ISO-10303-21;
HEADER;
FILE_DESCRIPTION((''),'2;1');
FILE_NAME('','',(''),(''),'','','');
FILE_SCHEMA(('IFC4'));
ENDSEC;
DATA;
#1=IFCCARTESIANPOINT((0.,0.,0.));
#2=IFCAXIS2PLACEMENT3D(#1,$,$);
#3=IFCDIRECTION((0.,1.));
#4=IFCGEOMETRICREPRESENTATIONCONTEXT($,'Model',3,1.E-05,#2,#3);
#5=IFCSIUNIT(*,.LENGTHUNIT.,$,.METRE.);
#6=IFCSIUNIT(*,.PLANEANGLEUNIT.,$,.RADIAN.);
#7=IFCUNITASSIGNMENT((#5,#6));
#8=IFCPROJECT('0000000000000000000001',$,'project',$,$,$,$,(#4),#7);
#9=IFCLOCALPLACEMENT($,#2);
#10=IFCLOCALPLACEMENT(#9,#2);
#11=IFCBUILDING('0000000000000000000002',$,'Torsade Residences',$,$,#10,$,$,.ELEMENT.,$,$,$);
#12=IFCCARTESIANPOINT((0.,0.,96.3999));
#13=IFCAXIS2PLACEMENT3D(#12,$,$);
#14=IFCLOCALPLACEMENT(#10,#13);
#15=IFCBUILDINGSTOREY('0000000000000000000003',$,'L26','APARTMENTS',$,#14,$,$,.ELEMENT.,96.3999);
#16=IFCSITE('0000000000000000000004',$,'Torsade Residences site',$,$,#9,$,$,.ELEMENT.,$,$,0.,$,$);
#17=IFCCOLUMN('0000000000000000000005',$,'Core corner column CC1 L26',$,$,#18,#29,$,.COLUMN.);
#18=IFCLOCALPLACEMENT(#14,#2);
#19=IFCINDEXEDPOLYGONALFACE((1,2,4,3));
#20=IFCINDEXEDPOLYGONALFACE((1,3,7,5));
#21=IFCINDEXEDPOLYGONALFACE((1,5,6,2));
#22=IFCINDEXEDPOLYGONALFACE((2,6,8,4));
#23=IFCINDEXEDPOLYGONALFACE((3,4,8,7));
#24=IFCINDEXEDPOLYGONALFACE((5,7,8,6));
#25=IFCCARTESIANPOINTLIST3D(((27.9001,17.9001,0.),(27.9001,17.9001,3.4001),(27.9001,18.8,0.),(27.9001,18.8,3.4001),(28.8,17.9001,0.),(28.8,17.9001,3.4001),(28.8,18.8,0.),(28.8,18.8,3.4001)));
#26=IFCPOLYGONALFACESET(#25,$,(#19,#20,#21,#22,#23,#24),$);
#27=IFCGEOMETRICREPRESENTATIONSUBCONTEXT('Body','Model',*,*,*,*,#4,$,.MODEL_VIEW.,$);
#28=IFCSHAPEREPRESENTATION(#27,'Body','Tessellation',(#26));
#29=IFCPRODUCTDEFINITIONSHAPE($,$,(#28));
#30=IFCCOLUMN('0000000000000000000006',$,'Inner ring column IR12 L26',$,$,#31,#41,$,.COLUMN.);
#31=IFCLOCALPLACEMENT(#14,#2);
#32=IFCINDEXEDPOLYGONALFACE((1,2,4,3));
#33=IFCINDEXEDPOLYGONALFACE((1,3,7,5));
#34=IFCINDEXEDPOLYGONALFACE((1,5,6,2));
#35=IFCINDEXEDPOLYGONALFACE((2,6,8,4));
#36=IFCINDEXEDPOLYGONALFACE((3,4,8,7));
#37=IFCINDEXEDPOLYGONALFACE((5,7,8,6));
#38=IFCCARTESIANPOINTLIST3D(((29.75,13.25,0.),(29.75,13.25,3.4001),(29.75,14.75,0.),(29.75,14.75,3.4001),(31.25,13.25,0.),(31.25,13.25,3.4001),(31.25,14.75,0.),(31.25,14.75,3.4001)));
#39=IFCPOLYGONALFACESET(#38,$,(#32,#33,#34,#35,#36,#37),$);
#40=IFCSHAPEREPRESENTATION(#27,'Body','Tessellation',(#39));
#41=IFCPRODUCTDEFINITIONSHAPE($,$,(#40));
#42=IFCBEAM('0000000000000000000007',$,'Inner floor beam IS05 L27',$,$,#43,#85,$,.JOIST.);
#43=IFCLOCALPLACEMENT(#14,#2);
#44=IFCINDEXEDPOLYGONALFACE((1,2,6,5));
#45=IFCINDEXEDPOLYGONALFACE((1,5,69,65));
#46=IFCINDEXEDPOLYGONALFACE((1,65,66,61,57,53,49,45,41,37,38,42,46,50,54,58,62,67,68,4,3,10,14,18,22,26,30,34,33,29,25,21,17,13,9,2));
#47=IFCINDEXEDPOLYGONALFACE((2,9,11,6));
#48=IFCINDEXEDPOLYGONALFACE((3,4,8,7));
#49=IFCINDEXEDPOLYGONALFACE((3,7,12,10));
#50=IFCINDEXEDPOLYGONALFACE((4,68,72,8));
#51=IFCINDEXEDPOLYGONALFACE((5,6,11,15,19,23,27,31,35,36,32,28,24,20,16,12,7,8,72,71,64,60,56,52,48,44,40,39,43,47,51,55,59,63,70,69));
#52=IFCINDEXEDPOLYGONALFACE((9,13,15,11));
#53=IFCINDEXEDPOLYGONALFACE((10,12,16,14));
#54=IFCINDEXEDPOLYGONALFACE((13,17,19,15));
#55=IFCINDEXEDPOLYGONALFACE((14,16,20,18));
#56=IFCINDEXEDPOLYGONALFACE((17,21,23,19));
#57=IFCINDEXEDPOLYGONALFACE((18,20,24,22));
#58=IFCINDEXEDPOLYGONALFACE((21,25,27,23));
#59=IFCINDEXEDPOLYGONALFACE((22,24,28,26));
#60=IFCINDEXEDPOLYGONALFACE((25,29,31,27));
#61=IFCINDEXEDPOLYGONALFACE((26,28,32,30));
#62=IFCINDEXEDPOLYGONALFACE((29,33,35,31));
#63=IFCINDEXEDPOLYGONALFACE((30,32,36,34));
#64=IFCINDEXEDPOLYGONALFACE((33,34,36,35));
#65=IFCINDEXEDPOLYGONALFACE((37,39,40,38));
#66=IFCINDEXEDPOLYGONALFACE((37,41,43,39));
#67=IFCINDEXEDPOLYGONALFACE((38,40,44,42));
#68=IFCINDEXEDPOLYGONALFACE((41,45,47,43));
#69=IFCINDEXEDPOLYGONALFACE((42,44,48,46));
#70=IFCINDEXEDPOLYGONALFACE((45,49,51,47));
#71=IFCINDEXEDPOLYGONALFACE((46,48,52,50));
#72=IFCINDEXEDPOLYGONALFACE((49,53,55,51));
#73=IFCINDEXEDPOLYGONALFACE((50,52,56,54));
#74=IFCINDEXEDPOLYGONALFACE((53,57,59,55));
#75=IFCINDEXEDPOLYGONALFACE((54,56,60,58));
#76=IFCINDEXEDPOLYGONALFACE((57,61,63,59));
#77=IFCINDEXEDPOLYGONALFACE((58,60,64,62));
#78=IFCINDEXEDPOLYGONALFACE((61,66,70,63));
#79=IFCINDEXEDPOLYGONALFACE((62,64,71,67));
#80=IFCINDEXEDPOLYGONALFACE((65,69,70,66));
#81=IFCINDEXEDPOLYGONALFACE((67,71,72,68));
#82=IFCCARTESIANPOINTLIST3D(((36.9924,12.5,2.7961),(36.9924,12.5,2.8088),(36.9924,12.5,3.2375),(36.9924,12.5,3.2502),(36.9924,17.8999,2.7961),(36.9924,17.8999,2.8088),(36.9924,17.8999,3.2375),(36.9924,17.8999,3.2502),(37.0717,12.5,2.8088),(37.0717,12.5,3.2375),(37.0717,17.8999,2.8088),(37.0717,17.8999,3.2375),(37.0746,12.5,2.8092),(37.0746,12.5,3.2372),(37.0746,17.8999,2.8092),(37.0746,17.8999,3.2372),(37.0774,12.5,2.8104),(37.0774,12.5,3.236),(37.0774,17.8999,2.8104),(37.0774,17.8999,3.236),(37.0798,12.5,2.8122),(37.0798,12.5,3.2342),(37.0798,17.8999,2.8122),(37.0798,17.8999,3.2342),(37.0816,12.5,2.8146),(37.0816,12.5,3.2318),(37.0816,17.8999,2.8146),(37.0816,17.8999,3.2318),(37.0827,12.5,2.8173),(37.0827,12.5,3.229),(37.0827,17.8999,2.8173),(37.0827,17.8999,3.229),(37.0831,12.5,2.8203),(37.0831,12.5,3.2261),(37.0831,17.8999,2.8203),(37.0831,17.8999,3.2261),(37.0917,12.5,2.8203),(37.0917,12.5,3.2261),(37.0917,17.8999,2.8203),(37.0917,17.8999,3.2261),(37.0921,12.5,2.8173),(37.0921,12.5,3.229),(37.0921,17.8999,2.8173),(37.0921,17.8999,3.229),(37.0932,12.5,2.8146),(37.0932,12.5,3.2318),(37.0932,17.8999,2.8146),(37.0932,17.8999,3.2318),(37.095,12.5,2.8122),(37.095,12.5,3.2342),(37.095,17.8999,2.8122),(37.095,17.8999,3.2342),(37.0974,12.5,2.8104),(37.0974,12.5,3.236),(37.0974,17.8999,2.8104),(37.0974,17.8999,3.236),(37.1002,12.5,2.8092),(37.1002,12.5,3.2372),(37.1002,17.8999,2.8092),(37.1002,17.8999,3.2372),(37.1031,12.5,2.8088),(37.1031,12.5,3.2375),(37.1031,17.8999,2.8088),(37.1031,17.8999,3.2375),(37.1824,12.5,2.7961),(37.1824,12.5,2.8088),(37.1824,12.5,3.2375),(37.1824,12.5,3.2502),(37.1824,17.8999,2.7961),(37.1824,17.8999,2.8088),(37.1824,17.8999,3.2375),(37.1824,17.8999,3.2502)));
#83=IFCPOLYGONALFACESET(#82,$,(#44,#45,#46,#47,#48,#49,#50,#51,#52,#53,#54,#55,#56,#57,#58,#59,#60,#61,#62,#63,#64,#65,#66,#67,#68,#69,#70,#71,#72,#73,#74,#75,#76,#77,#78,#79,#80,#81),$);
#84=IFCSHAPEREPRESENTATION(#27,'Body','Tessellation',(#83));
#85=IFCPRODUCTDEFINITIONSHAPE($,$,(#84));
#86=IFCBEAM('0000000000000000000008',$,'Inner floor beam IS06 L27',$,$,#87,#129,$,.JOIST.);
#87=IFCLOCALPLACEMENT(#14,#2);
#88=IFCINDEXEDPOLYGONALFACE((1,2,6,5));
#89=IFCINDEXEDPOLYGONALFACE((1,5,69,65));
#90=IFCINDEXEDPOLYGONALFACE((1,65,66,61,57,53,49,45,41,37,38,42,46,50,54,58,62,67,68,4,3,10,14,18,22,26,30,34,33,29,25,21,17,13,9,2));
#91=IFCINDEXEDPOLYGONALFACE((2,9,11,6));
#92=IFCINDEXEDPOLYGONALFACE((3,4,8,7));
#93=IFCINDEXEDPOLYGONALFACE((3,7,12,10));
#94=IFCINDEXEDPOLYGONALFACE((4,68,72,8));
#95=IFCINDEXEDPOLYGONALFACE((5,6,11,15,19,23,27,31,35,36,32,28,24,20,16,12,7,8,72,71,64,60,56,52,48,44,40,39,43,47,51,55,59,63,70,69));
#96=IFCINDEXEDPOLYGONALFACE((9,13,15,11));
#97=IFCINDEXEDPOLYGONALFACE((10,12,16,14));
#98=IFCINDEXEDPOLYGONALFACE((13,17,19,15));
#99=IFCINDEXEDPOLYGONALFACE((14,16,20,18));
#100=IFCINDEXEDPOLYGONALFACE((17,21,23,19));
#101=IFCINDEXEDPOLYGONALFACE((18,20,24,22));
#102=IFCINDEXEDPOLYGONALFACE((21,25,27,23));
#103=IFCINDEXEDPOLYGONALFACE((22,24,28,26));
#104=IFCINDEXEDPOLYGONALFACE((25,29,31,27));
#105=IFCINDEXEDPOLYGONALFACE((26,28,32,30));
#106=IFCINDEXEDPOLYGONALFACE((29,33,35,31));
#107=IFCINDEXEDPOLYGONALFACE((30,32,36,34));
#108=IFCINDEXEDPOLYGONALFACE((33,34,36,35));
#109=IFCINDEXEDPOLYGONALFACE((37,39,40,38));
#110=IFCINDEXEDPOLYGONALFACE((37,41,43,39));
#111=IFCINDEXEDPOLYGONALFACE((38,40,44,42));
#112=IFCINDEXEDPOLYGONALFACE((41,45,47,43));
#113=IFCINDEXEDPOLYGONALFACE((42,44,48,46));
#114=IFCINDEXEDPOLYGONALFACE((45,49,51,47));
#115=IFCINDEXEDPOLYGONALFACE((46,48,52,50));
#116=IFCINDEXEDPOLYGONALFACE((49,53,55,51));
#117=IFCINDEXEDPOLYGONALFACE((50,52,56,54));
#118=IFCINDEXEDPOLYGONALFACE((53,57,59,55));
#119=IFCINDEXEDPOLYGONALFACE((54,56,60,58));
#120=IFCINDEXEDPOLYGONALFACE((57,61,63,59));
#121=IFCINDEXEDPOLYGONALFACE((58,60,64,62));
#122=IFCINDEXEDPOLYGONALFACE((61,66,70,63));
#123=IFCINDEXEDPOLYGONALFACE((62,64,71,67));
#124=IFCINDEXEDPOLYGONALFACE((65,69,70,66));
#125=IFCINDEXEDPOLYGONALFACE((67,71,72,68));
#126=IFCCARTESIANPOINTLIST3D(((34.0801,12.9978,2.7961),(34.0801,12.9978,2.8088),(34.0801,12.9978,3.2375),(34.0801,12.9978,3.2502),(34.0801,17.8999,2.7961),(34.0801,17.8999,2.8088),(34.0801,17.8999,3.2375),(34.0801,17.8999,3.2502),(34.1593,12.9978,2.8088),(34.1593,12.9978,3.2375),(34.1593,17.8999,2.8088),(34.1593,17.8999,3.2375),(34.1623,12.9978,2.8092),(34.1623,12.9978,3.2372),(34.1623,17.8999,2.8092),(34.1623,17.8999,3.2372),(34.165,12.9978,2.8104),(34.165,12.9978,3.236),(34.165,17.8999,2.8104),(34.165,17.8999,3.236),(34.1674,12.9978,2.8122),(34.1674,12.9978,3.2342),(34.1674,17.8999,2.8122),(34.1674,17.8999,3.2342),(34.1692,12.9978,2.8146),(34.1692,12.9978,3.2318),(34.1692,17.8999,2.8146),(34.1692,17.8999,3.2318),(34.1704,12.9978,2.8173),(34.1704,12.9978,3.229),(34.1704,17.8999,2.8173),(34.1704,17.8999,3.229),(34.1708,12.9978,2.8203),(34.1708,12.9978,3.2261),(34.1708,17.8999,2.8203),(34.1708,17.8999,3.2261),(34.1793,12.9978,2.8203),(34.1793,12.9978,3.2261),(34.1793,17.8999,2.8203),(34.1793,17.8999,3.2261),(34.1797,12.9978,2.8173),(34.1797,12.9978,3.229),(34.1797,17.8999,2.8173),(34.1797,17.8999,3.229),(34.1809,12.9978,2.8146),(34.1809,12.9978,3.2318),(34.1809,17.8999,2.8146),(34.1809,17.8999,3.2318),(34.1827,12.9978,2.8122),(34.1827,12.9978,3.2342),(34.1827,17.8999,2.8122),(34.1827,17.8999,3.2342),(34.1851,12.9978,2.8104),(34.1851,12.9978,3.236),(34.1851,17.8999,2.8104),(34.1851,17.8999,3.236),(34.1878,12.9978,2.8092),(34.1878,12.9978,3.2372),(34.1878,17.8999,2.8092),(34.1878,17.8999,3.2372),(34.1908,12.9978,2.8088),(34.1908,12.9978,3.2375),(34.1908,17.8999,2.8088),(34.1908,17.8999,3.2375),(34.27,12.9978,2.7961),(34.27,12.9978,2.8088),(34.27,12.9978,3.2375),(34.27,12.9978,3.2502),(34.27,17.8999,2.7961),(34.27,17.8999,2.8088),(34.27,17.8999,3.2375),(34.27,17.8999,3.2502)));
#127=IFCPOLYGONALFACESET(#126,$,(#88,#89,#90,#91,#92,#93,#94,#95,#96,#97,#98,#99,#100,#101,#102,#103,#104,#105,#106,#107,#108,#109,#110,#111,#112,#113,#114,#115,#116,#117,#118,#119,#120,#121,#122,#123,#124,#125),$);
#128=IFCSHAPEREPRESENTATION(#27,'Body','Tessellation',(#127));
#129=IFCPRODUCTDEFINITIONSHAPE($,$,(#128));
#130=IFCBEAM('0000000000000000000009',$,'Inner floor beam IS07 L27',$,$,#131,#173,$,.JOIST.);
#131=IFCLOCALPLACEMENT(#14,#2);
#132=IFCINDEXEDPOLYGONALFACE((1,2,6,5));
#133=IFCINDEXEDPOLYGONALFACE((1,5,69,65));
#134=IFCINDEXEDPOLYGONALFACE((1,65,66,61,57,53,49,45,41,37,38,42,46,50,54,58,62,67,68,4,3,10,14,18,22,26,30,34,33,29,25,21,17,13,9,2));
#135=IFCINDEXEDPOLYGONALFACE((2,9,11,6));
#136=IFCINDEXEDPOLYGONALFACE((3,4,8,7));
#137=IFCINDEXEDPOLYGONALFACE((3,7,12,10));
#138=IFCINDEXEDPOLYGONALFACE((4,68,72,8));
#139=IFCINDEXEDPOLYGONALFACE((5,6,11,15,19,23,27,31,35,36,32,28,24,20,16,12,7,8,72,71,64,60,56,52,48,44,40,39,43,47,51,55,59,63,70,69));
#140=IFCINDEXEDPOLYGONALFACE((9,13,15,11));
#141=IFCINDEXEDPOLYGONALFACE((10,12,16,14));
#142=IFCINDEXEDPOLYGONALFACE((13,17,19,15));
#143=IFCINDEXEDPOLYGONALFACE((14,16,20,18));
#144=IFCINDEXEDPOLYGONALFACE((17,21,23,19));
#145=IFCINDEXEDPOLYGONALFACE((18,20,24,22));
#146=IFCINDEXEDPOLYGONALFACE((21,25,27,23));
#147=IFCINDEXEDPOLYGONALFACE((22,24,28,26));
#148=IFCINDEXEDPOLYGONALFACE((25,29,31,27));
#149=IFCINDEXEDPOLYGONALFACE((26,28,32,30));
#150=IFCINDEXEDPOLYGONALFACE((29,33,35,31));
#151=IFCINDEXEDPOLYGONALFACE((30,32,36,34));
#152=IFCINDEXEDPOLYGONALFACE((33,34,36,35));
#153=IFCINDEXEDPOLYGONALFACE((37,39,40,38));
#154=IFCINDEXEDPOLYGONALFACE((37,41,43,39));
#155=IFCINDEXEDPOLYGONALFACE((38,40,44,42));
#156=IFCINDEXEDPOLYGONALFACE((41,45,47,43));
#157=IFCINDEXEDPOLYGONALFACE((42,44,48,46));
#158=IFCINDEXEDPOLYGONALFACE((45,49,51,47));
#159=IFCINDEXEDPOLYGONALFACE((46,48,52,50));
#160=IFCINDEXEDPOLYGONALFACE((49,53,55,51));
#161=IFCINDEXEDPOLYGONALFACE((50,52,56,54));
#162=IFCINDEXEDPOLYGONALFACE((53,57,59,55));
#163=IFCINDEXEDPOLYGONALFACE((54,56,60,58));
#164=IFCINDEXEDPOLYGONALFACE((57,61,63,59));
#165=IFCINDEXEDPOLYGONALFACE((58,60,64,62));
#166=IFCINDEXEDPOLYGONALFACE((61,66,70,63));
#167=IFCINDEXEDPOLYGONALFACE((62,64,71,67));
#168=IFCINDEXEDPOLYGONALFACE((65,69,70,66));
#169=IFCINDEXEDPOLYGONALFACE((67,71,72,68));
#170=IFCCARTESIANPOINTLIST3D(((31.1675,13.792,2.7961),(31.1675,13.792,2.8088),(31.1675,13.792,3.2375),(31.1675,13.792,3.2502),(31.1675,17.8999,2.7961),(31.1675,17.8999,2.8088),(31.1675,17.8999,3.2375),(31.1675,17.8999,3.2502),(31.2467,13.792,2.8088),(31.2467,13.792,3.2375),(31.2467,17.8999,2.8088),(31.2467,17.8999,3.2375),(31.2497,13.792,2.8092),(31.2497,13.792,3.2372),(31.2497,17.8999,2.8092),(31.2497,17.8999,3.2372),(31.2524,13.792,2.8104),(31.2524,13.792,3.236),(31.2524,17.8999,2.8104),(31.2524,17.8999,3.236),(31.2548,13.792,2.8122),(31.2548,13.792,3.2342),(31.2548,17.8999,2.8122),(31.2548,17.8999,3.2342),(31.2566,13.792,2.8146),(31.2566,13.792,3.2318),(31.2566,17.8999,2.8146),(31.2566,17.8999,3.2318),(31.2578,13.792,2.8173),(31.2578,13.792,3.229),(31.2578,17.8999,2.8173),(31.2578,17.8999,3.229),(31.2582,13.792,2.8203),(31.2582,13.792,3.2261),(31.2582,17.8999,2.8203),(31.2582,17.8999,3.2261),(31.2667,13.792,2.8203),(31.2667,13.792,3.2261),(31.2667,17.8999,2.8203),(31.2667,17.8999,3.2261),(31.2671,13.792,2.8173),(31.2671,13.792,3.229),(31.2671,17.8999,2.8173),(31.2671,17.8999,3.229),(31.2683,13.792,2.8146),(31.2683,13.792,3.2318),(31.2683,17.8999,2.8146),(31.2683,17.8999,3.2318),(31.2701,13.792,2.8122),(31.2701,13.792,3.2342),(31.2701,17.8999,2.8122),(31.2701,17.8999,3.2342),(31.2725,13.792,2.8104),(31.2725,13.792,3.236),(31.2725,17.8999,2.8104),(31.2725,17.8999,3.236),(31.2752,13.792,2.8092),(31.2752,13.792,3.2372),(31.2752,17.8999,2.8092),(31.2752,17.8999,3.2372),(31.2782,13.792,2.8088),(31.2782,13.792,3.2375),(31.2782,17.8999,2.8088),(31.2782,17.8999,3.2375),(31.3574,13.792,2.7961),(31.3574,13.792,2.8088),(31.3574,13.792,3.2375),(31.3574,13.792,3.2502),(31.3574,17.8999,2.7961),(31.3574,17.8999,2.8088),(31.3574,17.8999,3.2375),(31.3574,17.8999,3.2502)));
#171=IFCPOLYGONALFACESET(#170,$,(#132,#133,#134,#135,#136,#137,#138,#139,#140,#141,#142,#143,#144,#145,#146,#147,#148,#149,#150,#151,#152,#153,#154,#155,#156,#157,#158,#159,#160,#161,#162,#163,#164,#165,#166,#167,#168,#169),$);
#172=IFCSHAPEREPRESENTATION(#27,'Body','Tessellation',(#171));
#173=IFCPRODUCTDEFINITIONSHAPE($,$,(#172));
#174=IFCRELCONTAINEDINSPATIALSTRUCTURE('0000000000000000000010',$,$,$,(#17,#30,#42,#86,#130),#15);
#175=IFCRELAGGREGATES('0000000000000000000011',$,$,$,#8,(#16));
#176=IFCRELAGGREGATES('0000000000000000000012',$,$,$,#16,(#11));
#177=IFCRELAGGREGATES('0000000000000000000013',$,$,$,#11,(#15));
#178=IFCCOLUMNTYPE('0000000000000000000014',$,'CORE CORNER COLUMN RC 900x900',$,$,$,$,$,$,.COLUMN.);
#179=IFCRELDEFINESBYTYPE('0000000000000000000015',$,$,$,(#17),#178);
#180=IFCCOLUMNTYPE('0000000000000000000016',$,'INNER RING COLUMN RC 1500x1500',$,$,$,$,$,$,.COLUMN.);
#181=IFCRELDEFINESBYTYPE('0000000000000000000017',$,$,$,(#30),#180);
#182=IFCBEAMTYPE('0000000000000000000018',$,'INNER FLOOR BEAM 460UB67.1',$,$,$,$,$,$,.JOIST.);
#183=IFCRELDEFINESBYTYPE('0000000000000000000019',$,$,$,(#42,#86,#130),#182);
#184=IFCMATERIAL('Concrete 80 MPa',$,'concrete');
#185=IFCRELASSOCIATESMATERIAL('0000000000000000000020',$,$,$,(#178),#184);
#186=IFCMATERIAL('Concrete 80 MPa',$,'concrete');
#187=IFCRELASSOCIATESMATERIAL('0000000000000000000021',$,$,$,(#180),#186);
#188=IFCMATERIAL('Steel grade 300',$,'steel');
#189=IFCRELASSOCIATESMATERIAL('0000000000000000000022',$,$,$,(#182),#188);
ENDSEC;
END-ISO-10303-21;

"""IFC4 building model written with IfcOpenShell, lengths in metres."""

from ifc_helpers import new_model, si_unit, direction, frame, origin, origin_2d, place, context, subcontext, project, spatial, rectangle, i_section, extrude, material, material_profile, profile_set, type_object, element, save


model = new_model("IFC4")

# Units and contexts
model_context = context("Model", 3, precision=1e-05, world=origin(), true_north=direction((0.0, 1.0)))
body_context = subcontext(model_context, "Body", "Model", "MODEL_VIEW")
ifc_project = project(units=[si_unit("LENGTHUNIT", "METRE"), si_unit("PLANEANGLEUNIT", "RADIAN")], contexts=[model_context])

# Site, building, storey
site_placement = place(None, origin())
site = spatial("IfcSite", under=ifc_project, at=site_placement, Name="Torsade Residences site", CompositionType="ELEMENT", RefElevation=0.0)
building_placement = place(site_placement, origin())
building = spatial("IfcBuilding", under=site, at=building_placement, Name="Torsade Residences", CompositionType="ELEMENT")
storey_placement = place(building_placement, frame((0.0, 0.0, 96.3999)))
storey = spatial("IfcBuildingStorey", under=building, at=storey_placement, Name="L26", Description="APARTMENTS", CompositionType="ELEMENT", Elevation=96.3999)

# Columns
ifc_material_1 = material(Name="Concrete 80 MPa", Category="concrete")
ifc_material_profile_1 = material_profile(ifc_material_1, rectangle(XDim=0.8999, YDim=0.8999, at=origin_2d()), Name="RC 900x900")
ifc_profile_set_1 = profile_set([ifc_material_profile_1], Name="Concrete 80 MPa")
column_type_1 = type_object("IfcColumnType", Name="CORE CORNER COLUMN RC 900x900", PredefinedType="COLUMN", material=ifc_profile_set_1)
column_1_placement = place(storey_placement, frame((28.3501, 18.3501, 0.0), z_axis=(0.0, 0.0, 1.0), x_axis=(1.0, 0.0, 0.0)))
element("IfcColumn", 1, at=column_1_placement, inside=storey, type_object=column_type_1, Name="Core corner column CC1 L26", PredefinedType="COLUMN", context=body_context, shape_type="SweptSolid", body=[
    extrude(rectangle(XDim=0.8999, YDim=0.8999, at=origin_2d()), origin(), (0.0, 0.0, 1.0), 3.4001),
])
ifc_material_2 = material(Name="Concrete 80 MPa", Category="concrete")
ifc_material_profile_2 = material_profile(ifc_material_2, rectangle(XDim=1.5, YDim=1.5, at=origin_2d()), Name="RC 1500x1500")
ifc_profile_set_2 = profile_set([ifc_material_profile_2], Name="Concrete 80 MPa")
column_type_2 = type_object("IfcColumnType", Name="INNER RING COLUMN RC 1500x1500", PredefinedType="COLUMN", material=ifc_profile_set_2)
column_2_placement = place(storey_placement, frame((30.5, 14.0, 0.0), z_axis=(0.0, 0.0, 1.0), x_axis=(1.0, 0.0, 0.0)))
element("IfcColumn", 2, at=column_2_placement, inside=storey, type_object=column_type_2, Name="Inner ring column IR12 L26", PredefinedType="COLUMN", context=body_context, shape_type="SweptSolid", body=[
    extrude(rectangle(XDim=1.5, YDim=1.5, at=origin_2d()), origin(), (0.0, 0.0, 1.0), 3.4001),
])

# Beams
ifc_material_3 = material(Name="Steel grade 300", Category="steel")
ifc_material_profile_3 = material_profile(ifc_material_3, i_section(OverallWidth=0.1899, OverallDepth=0.4541, WebThickness=0.0085, FlangeThickness=0.0127, FilletRadius=0.0115, at=origin_2d()), Name="460UB67.1")
ifc_profile_set_3 = profile_set([ifc_material_profile_3], Name="Steel grade 300")
beam_type_1 = type_object("IfcBeamType", Name="INNER FLOOR BEAM 460UB67.1", PredefinedType="JOIST", material=ifc_profile_set_3)
beam_1_placement = place(storey_placement, frame((37.0874, 17.8999, 3.0232), z_axis=(0.0, -1.0, 0.0), x_axis=(1.0, 0.0, 0.0)))
element("IfcBeam", 3, at=beam_1_placement, inside=storey, type_object=beam_type_1, Name="Inner floor beam IS05 L27", PredefinedType="JOIST", context=body_context, shape_type="SweptSolid", body=[
    extrude(i_section(OverallWidth=0.1899, OverallDepth=0.4541, WebThickness=0.0085, FlangeThickness=0.0127, FilletRadius=0.0115, at=origin_2d()), origin(), (0.0, 0.0, 1.0), 5.3999),
])
beam_2_placement = place(storey_placement, frame((34.175, 17.8999, 3.0232), z_axis=(0.0, -1.0, 0.0), x_axis=(1.0, 0.0, 0.0)))
element("IfcBeam", 4, at=beam_2_placement, inside=storey, type_object=beam_type_1, Name="Inner floor beam IS06 L27", PredefinedType="JOIST", context=body_context, shape_type="SweptSolid", body=[
    extrude(i_section(OverallWidth=0.1899, OverallDepth=0.4541, WebThickness=0.0085, FlangeThickness=0.0127, FilletRadius=0.0115, at=origin_2d()), origin(), (0.0, 0.0, 1.0), 4.9021),
])
beam_3_placement = place(storey_placement, frame((31.2625, 17.8999, 3.0232), z_axis=(0.0, -1.0, 0.0), x_axis=(1.0, 0.0, 0.0)))
element("IfcBeam", 5, at=beam_3_placement, inside=storey, type_object=beam_type_1, Name="Inner floor beam IS07 L27", PredefinedType="JOIST", context=body_context, shape_type="SweptSolid", body=[
    extrude(i_section(OverallWidth=0.1899, OverallDepth=0.4541, WebThickness=0.0085, FlangeThickness=0.0127, FilletRadius=0.0115, at=origin_2d()), origin(), (0.0, 0.0, 1.0), 4.1079),
])

save(model, "model.ifc")
